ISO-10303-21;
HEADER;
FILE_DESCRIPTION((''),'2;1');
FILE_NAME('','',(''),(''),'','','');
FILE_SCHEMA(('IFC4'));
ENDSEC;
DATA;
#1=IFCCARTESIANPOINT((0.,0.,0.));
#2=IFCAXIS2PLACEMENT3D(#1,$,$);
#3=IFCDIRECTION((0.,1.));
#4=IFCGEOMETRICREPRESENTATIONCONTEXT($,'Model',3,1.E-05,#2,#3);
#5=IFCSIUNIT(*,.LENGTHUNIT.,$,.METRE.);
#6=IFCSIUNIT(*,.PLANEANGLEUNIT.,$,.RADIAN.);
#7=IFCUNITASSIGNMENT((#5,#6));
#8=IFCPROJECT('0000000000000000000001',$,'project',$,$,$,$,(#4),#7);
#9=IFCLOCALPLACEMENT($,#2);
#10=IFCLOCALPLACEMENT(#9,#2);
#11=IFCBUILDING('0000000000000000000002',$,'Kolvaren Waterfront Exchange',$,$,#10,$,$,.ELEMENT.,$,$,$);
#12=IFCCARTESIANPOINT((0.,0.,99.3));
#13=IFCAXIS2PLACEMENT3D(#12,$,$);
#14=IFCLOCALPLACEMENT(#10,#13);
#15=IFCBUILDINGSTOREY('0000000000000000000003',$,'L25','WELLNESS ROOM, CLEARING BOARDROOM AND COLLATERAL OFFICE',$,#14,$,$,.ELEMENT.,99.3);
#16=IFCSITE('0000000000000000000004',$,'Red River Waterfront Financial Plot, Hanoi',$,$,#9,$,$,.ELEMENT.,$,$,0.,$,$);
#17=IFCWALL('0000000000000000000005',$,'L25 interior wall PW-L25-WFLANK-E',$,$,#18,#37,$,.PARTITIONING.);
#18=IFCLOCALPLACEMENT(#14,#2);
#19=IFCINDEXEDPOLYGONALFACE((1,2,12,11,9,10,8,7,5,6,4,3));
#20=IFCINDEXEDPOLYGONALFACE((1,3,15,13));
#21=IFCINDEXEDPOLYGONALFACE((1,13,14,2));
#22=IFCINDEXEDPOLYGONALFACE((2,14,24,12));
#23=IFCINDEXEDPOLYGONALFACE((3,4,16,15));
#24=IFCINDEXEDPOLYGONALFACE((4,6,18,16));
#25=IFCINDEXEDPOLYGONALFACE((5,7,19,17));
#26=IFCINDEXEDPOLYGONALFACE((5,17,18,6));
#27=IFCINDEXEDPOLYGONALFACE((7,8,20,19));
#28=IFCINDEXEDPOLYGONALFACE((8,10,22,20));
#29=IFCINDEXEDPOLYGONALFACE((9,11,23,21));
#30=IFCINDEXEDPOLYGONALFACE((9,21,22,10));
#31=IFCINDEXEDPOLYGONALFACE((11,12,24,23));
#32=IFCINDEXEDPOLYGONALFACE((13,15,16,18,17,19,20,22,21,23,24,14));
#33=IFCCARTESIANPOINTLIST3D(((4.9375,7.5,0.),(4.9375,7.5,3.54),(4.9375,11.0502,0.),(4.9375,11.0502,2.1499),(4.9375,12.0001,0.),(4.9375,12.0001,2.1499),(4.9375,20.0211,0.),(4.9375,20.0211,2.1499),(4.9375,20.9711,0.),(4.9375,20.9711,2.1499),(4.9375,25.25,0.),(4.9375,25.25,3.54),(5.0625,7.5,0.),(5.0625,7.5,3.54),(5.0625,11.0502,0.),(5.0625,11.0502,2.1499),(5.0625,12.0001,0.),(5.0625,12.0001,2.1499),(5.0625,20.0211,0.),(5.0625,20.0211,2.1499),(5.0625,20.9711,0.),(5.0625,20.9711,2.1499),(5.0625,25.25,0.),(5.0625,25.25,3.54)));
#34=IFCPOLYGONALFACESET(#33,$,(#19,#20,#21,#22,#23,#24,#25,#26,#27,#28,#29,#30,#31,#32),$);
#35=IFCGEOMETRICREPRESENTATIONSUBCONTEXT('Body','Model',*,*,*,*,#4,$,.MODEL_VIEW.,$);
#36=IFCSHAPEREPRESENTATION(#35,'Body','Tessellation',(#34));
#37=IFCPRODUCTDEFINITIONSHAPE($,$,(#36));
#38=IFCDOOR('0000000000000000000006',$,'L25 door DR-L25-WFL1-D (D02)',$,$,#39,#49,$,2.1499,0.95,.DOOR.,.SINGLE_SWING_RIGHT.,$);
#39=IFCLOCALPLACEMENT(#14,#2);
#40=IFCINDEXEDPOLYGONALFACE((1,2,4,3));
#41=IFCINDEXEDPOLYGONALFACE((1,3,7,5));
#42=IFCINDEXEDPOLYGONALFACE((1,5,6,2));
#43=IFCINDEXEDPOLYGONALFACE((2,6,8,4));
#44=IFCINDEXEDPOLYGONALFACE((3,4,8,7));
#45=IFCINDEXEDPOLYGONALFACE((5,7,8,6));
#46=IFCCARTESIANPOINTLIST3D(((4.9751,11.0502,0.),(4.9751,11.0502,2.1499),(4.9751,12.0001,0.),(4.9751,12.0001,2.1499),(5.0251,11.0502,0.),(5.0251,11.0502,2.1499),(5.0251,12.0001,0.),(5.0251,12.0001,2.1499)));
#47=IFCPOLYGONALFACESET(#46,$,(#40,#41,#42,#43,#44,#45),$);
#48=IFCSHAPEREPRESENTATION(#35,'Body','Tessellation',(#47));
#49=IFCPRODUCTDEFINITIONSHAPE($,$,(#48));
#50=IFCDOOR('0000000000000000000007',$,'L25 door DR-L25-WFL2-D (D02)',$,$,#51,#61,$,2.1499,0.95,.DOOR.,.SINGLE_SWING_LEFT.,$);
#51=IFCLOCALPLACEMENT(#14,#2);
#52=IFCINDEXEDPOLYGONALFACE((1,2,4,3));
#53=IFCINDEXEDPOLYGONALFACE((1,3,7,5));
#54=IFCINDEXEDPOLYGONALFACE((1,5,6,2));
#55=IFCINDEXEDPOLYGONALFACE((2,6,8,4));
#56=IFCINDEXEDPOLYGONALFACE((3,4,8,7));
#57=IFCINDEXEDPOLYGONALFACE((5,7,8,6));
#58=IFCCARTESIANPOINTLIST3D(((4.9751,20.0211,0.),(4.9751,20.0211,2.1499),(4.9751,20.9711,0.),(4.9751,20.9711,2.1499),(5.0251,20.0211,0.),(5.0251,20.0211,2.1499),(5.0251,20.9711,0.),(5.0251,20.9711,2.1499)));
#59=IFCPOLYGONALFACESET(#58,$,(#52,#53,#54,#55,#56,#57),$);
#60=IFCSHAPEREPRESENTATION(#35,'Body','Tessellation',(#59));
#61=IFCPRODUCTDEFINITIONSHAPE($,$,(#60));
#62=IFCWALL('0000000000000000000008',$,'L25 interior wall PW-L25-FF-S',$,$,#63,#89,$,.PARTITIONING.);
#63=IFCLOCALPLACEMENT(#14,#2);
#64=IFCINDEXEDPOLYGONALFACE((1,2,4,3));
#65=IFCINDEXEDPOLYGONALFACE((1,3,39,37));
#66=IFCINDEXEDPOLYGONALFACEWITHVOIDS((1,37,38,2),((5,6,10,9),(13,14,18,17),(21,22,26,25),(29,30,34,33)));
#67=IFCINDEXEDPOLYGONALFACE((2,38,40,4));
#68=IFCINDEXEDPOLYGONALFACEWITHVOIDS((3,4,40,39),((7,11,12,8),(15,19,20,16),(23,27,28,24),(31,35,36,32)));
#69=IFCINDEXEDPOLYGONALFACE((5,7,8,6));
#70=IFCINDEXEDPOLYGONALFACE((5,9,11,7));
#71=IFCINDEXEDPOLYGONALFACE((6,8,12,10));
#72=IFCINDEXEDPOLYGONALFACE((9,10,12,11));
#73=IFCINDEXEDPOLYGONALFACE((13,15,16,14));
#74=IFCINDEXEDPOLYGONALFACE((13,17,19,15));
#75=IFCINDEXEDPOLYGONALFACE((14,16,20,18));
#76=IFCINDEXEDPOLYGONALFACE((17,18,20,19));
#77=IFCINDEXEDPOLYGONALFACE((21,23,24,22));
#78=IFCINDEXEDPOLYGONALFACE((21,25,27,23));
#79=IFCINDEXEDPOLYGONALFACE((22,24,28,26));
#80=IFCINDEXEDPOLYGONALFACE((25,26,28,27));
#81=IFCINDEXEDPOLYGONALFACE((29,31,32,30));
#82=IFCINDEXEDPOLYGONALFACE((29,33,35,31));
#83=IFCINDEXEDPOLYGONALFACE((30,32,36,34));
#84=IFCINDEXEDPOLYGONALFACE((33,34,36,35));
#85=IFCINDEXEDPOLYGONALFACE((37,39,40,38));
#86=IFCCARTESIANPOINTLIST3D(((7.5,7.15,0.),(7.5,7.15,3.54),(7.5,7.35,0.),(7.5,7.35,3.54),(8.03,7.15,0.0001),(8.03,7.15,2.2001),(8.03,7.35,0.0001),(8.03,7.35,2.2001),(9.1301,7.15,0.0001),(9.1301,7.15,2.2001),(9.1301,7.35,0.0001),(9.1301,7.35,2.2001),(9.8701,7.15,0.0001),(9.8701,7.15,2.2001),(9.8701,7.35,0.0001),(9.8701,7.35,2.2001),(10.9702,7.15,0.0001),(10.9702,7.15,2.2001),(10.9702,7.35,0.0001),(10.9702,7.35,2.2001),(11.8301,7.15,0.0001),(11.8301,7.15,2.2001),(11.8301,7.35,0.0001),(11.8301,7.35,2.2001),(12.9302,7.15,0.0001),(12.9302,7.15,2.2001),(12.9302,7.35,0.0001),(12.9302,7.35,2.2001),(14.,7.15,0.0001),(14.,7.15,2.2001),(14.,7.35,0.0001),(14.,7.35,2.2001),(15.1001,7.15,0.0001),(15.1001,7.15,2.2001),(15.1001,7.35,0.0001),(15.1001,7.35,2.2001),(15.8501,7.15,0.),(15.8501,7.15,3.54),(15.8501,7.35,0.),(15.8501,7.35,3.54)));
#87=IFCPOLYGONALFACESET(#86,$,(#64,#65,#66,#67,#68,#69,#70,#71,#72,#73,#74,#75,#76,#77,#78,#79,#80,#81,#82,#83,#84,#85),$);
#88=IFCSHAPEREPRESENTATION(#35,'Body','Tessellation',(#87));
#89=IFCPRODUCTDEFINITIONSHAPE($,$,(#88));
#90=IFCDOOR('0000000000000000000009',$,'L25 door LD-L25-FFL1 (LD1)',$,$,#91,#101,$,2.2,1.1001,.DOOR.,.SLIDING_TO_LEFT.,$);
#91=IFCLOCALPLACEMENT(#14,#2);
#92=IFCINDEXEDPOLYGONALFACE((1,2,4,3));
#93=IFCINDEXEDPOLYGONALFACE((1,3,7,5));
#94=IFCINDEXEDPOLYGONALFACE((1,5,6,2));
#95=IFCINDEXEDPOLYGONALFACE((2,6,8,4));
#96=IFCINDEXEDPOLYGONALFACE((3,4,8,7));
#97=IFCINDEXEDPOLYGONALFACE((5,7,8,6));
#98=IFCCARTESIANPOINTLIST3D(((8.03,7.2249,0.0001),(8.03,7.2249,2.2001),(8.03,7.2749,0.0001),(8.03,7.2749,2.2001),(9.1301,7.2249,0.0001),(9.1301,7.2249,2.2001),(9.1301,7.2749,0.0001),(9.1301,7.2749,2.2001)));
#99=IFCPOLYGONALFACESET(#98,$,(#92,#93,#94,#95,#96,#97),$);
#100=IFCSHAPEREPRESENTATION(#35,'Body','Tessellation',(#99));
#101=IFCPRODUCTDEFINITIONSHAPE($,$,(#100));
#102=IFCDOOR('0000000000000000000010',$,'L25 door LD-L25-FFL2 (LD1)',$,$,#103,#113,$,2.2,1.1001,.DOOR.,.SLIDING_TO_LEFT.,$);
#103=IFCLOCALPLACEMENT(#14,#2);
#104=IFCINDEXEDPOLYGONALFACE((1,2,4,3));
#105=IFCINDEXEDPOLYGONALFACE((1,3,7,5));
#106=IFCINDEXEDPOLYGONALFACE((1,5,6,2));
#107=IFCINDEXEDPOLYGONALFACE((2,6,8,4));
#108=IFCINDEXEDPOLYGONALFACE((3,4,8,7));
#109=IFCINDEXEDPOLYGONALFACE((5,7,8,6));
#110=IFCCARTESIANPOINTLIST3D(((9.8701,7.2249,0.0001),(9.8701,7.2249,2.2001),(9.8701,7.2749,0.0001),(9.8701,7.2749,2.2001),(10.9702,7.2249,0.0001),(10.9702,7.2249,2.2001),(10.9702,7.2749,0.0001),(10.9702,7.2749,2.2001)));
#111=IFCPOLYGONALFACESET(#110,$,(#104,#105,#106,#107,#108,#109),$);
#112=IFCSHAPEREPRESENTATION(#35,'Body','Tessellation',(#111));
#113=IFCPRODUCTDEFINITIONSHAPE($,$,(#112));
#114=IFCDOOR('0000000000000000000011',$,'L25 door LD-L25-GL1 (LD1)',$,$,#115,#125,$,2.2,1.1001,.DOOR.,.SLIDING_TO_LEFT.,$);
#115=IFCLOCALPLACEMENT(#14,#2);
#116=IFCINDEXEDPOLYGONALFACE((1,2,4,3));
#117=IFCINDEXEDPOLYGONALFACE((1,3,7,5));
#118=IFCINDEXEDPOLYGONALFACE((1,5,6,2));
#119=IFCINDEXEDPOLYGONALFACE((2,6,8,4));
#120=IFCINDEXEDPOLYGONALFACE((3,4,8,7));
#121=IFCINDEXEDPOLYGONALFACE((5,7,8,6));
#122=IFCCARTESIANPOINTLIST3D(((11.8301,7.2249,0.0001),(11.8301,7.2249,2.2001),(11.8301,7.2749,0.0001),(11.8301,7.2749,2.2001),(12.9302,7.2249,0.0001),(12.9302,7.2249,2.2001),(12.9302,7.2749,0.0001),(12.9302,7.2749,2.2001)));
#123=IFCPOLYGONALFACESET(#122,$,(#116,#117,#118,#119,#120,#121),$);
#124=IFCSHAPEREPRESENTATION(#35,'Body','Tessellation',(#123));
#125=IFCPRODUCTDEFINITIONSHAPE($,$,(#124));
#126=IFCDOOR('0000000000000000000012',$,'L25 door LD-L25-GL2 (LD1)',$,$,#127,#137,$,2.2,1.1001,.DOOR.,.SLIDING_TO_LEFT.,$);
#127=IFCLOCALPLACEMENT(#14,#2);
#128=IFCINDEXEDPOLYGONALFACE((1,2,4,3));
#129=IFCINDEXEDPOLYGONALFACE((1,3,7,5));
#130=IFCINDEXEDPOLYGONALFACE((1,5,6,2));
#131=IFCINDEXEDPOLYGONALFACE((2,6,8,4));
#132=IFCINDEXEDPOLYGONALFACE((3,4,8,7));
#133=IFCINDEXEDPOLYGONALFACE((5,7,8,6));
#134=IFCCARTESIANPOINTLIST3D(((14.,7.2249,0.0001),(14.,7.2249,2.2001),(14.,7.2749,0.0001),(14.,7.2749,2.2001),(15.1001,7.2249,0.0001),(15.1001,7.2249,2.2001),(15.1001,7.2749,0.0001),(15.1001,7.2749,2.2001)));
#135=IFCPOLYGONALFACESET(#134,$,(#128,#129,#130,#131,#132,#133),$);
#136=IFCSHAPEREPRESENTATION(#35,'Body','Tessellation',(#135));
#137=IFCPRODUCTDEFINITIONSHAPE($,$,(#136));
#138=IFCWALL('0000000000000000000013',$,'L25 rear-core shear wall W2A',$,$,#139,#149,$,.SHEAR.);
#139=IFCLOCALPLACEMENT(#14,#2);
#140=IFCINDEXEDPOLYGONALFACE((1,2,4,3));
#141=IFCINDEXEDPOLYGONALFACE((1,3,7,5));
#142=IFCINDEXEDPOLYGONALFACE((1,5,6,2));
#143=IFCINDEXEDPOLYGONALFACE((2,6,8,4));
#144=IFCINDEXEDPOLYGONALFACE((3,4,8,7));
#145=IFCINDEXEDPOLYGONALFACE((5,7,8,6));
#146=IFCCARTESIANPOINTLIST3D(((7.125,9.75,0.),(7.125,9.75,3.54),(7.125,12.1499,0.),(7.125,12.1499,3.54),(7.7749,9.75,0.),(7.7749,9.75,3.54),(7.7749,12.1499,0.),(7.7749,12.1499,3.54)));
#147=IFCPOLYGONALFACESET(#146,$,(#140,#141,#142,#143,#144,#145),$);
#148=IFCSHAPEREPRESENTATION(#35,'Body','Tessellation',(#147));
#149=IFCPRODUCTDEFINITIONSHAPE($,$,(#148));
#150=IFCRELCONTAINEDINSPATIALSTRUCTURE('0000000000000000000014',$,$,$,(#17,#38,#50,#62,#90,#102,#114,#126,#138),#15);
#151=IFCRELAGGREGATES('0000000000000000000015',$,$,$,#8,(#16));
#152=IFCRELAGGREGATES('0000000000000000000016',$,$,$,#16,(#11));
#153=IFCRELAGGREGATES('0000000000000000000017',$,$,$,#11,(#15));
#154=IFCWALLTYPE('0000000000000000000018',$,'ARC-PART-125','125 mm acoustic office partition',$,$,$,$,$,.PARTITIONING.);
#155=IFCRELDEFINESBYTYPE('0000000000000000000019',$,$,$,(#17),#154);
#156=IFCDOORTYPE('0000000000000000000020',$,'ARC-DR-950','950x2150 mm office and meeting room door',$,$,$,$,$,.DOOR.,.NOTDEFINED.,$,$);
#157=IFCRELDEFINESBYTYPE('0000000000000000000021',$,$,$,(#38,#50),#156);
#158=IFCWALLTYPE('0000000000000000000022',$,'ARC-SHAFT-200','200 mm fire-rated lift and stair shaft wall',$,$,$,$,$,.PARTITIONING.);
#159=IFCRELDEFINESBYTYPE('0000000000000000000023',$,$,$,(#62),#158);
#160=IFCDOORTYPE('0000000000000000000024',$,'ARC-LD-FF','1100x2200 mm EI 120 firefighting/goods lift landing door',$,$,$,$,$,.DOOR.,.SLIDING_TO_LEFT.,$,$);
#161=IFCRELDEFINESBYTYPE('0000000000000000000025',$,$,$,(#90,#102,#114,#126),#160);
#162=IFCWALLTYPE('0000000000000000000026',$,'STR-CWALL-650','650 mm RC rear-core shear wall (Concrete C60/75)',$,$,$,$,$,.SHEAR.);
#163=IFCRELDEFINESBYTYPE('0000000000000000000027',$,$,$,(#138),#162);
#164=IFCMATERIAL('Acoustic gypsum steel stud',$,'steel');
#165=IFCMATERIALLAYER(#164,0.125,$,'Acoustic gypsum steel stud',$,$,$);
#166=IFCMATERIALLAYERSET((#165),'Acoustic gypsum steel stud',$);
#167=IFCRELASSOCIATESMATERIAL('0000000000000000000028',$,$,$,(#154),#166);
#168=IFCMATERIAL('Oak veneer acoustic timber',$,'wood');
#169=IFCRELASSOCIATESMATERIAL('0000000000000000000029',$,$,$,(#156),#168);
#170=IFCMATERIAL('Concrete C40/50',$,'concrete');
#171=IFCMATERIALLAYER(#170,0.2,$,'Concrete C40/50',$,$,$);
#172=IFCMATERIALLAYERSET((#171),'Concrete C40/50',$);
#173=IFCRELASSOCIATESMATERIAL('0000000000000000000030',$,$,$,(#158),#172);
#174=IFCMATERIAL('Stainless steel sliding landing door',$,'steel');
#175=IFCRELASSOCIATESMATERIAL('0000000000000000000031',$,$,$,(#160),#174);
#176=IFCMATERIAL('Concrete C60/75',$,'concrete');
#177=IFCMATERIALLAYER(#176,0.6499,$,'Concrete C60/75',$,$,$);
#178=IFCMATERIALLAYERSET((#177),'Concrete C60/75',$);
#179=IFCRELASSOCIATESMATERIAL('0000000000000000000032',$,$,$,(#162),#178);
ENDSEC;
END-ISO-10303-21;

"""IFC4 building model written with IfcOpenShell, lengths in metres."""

from ifc_helpers import new_model, si_unit, direction, frame, frame_2d, origin, place, context, subcontext, project, spatial, rectangle, extrude, material, layer, layer_set, type_object, element, fill, save


model = new_model("IFC4")

# Units and contexts
model_context = context("Model", 3, precision=1e-05, world=origin(), true_north=direction((0.0, 1.0)))
body_context = subcontext(model_context, "Body", "Model", "MODEL_VIEW")
ifc_project = project(units=[si_unit("LENGTHUNIT", "METRE"), si_unit("PLANEANGLEUNIT", "RADIAN")], contexts=[model_context])

# Site, building, storey
site_placement = place(None, origin())
site = spatial("IfcSite", under=ifc_project, at=site_placement, Name="Red River Waterfront Financial Plot, Hanoi", CompositionType="ELEMENT", RefElevation=0.0)
building_placement = place(site_placement, origin())
building = spatial("IfcBuilding", under=site, at=building_placement, Name="Kolvaren Waterfront Exchange", CompositionType="ELEMENT")
storey_placement = place(building_placement, frame((0.0, 0.0, 99.3)))
storey = spatial("IfcBuildingStorey", under=building, at=storey_placement, Name="L25", Description="WELLNESS ROOM, CLEARING BOARDROOM AND COLLATERAL OFFICE", CompositionType="ELEMENT", Elevation=99.3)

# Shared definitions
ifc_material_1 = material(Name="Concrete C60/75", Category="concrete")

# Shared definitions
ifc_material_2 = material(Name="Acoustic gypsum steel stud", Category="steel")
ifc_layer_1 = layer(ifc_material_2, 0.125, Name="Acoustic gypsum steel stud")
ifc_layer_set_1 = layer_set([ifc_layer_1], Name="Acoustic gypsum steel stud")
wall_type_1 = type_object("IfcWallType", Name="ARC-PART-125", Description="125 mm acoustic office partition", PredefinedType="PARTITIONING", material=ifc_layer_set_1)

# Walls, openings, doors
wall_1_placement = place(storey_placement, frame((5.0, 7.5, 0.0), z_axis=(0.0, 0.0, 1.0), x_axis=(0.0, 1.0, 0.0)))
wall_1 = element("IfcWall", 1, at=wall_1_placement, inside=storey, type_object=wall_type_1, Name="L25 interior wall PW-L25-WFLANK-E", PredefinedType="PARTITIONING", context=body_context, shape_type="SweptSolid", body=[
    extrude(rectangle(XDim=17.75, YDim=0.125, at=frame_2d((8.875, 0.0))), origin(), (0.0, 0.0, 1.0), 3.54),
])
opening_1_placement = place(wall_1_placement, frame((3.55, 0.0, 0.0)))
opening_1 = element("IfcOpeningElement", 2, at=opening_1_placement, cuts=wall_1, PredefinedType="OPENING", context=body_context, shape_type="SweptSolid", body=[
    extrude(rectangle(XDim=0.95, YDim=2.1499, at=frame_2d((0.4751, 1.075))), frame((0.0, 0.0725, 0.0), z_axis=(0.0, -1.0, 0.0), x_axis=(1.0, 0.0, 0.0)), (0.0, 0.0, 1.0), 0.145),
])
opening_2_placement = place(wall_1_placement, frame((12.521, 0.0, 0.0)))
opening_2 = element("IfcOpeningElement", 3, at=opening_2_placement, cuts=wall_1, PredefinedType="OPENING", context=body_context, shape_type="SweptSolid", body=[
    extrude(rectangle(XDim=0.95, YDim=2.1499, at=frame_2d((0.4751, 1.075))), frame((0.0, 0.0725, 0.0), z_axis=(0.0, -1.0, 0.0), x_axis=(1.0, 0.0, 0.0)), (0.0, 0.0, 1.0), 0.145),
])
ifc_material_3 = material(Name="Oak veneer acoustic timber", Category="wood")
door_type_1 = type_object("IfcDoorType", Name="ARC-DR-950", Description="950x2150 mm office and meeting room door", OperationType="NOTDEFINED", PredefinedType="DOOR", material=ifc_material_3)
door_1_placement = place(opening_1_placement, origin())
door_1 = element("IfcDoor", 4, at=door_1_placement, inside=storey, type_object=door_type_1, Name="L25 door DR-L25-WFL1-D (D02)", OperationType="SINGLE_SWING_RIGHT", OverallHeight=2.1499, OverallWidth=0.95, PredefinedType="DOOR", context=body_context, shape_type="SweptSolid", body=[
    extrude(rectangle(XDim=0.95, YDim=2.1499, at=frame_2d((0.4751, 1.075))), frame((0.0, 0.0249, 0.0), z_axis=(0.0, -1.0, 0.0), x_axis=(1.0, 0.0, 0.0)), (0.0, 0.0, 1.0), 0.05),
])
fill(opening_1, door_1)
door_2_placement = place(opening_2_placement, origin())
door_2 = element("IfcDoor", 5, at=door_2_placement, inside=storey, type_object=door_type_1, Name="L25 door DR-L25-WFL2-D (D02)", OperationType="SINGLE_SWING_LEFT", OverallHeight=2.1499, OverallWidth=0.95, PredefinedType="DOOR", context=body_context, shape_type="SweptSolid", body=[
    extrude(rectangle(XDim=0.95, YDim=2.1499, at=frame_2d((0.4751, 1.075))), frame((0.0, 0.0249, 0.0), z_axis=(0.0, -1.0, 0.0), x_axis=(1.0, 0.0, 0.0)), (0.0, 0.0, 1.0), 0.05),
])
fill(opening_2, door_2)
ifc_material_4 = material(Name="Concrete C40/50", Category="concrete")
ifc_layer_2 = layer(ifc_material_4, 0.2, Name="Concrete C40/50")
ifc_layer_set_2 = layer_set([ifc_layer_2], Name="Concrete C40/50")
wall_type_2 = type_object("IfcWallType", Name="ARC-SHAFT-200", Description="200 mm fire-rated lift and stair shaft wall", PredefinedType="PARTITIONING", material=ifc_layer_set_2)
wall_2_placement = place(storey_placement, frame((7.5, 7.25, 0.0), z_axis=(0.0, 0.0, 1.0), x_axis=(1.0, 0.0, 0.0)))
wall_2 = element("IfcWall", 6, at=wall_2_placement, inside=storey, type_object=wall_type_2, Name="L25 interior wall PW-L25-FF-S", PredefinedType="PARTITIONING", context=body_context, shape_type="SweptSolid", body=[
    extrude(rectangle(XDim=8.3501, YDim=0.2, at=frame_2d((4.175, 0.0))), origin(), (0.0, 0.0, 1.0), 3.54),
])
opening_3_placement = place(wall_2_placement, frame((0.53, 0.0, 0.0)))
opening_3 = element("IfcOpeningElement", 7, at=opening_3_placement, cuts=wall_2, PredefinedType="OPENING", context=body_context, shape_type="SweptSolid", body=[
    extrude(rectangle(XDim=1.1001, YDim=2.2, at=frame_2d((0.55, 1.1001))), frame((0.0, 0.1099, 0.0), z_axis=(0.0, -1.0, 0.0), x_axis=(1.0, 0.0, 0.0)), (0.0, 0.0, 1.0), 0.22),
])
opening_4_placement = place(wall_2_placement, frame((2.3701, 0.0, 0.0)))
opening_4 = element("IfcOpeningElement", 8, at=opening_4_placement, cuts=wall_2, PredefinedType="OPENING", context=body_context, shape_type="SweptSolid", body=[
    extrude(rectangle(XDim=1.1001, YDim=2.2, at=frame_2d((0.55, 1.1001))), frame((0.0, 0.1099, 0.0), z_axis=(0.0, -1.0, 0.0), x_axis=(1.0, 0.0, 0.0)), (0.0, 0.0, 1.0), 0.22),
])
opening_5_placement = place(wall_2_placement, frame((4.3301, 0.0, 0.0)))
opening_5 = element("IfcOpeningElement", 9, at=opening_5_placement, cuts=wall_2, PredefinedType="OPENING", context=body_context, shape_type="SweptSolid", body=[
    extrude(rectangle(XDim=1.1001, YDim=2.2, at=frame_2d((0.55, 1.1001))), frame((0.0, 0.1099, 0.0), z_axis=(0.0, -1.0, 0.0), x_axis=(1.0, 0.0, 0.0)), (0.0, 0.0, 1.0), 0.22),
])
opening_6_placement = place(wall_2_placement, frame((6.5, 0.0, 0.0)))
opening_6 = element("IfcOpeningElement", 10, at=opening_6_placement, cuts=wall_2, PredefinedType="OPENING", context=body_context, shape_type="SweptSolid", body=[
    extrude(rectangle(XDim=1.1001, YDim=2.2, at=frame_2d((0.55, 1.1001))), frame((0.0, 0.1099, 0.0), z_axis=(0.0, -1.0, 0.0), x_axis=(1.0, 0.0, 0.0)), (0.0, 0.0, 1.0), 0.22),
])
ifc_material_5 = material(Name="Stainless steel sliding landing door", Category="steel")
door_type_2 = type_object("IfcDoorType", Name="ARC-LD-FF", Description="1100x2200 mm EI 120 firefighting/goods lift landing door", OperationType="SLIDING_TO_LEFT", PredefinedType="DOOR", material=ifc_material_5)
door_3_placement = place(opening_3_placement, origin())
door_3 = element("IfcDoor", 11, at=door_3_placement, inside=storey, type_object=door_type_2, Name="L25 door LD-L25-FFL1 (LD1)", OperationType="SLIDING_TO_LEFT", OverallHeight=2.2, OverallWidth=1.1001, PredefinedType="DOOR", context=body_context, shape_type="SweptSolid", body=[
    extrude(rectangle(XDim=1.1001, YDim=2.2, at=frame_2d((0.55, 1.1001))), frame((0.0, 0.0249, 0.0), z_axis=(0.0, -1.0, 0.0), x_axis=(1.0, 0.0, 0.0)), (0.0, 0.0, 1.0), 0.05),
])
fill(opening_3, door_3)
door_4_placement = place(opening_4_placement, origin())
door_4 = element("IfcDoor", 12, at=door_4_placement, inside=storey, type_object=door_type_2, Name="L25 door LD-L25-FFL2 (LD1)", OperationType="SLIDING_TO_LEFT", OverallHeight=2.2, OverallWidth=1.1001, PredefinedType="DOOR", context=body_context, shape_type="SweptSolid", body=[
    extrude(rectangle(XDim=1.1001, YDim=2.2, at=frame_2d((0.55, 1.1001))), frame((0.0, 0.0249, 0.0), z_axis=(0.0, -1.0, 0.0), x_axis=(1.0, 0.0, 0.0)), (0.0, 0.0, 1.0), 0.05),
])
fill(opening_4, door_4)
door_5_placement = place(opening_5_placement, origin())
door_5 = element("IfcDoor", 13, at=door_5_placement, inside=storey, type_object=door_type_2, Name="L25 door LD-L25-GL1 (LD1)", OperationType="SLIDING_TO_LEFT", OverallHeight=2.2, OverallWidth=1.1001, PredefinedType="DOOR", context=body_context, shape_type="SweptSolid", body=[
    extrude(rectangle(XDim=1.1001, YDim=2.2, at=frame_2d((0.55, 1.1001))), frame((0.0, 0.0249, 0.0), z_axis=(0.0, -1.0, 0.0), x_axis=(1.0, 0.0, 0.0)), (0.0, 0.0, 1.0), 0.05),
])
fill(opening_5, door_5)
door_6_placement = place(opening_6_placement, origin())
door_6 = element("IfcDoor", 14, at=door_6_placement, inside=storey, type_object=door_type_2, Name="L25 door LD-L25-GL2 (LD1)", OperationType="SLIDING_TO_LEFT", OverallHeight=2.2, OverallWidth=1.1001, PredefinedType="DOOR", context=body_context, shape_type="SweptSolid", body=[
    extrude(rectangle(XDim=1.1001, YDim=2.2, at=frame_2d((0.55, 1.1001))), frame((0.0, 0.0249, 0.0), z_axis=(0.0, -1.0, 0.0), x_axis=(1.0, 0.0, 0.0)), (0.0, 0.0, 1.0), 0.05),
])
fill(opening_6, door_6)

# Wall
ifc_layer_3 = layer(ifc_material_1, 0.6499, Name="Concrete C60/75")
ifc_layer_set_3 = layer_set([ifc_layer_3], Name="Concrete C60/75")
wall_type_3 = type_object("IfcWallType", Name="STR-CWALL-650", Description="650 mm RC rear-core shear wall (Concrete C60/75)", PredefinedType="SHEAR", material=ifc_layer_set_3)
wall_3_placement = place(storey_placement, frame((7.45, 9.75, 0.0), z_axis=(0.0, 0.0, 1.0), x_axis=(0.0, 1.0, 0.0)))
element("IfcWall", 15, at=wall_3_placement, inside=storey, type_object=wall_type_3, Name="L25 rear-core shear wall W2A", PredefinedType="SHEAR", context=body_context, shape_type="SweptSolid", body=[
    extrude(rectangle(XDim=2.3999, YDim=0.6499, at=frame_2d((1.2, 0.0))), origin(), (0.0, 0.0, 1.0), 3.54),
])

save(model, "model.ifc")
